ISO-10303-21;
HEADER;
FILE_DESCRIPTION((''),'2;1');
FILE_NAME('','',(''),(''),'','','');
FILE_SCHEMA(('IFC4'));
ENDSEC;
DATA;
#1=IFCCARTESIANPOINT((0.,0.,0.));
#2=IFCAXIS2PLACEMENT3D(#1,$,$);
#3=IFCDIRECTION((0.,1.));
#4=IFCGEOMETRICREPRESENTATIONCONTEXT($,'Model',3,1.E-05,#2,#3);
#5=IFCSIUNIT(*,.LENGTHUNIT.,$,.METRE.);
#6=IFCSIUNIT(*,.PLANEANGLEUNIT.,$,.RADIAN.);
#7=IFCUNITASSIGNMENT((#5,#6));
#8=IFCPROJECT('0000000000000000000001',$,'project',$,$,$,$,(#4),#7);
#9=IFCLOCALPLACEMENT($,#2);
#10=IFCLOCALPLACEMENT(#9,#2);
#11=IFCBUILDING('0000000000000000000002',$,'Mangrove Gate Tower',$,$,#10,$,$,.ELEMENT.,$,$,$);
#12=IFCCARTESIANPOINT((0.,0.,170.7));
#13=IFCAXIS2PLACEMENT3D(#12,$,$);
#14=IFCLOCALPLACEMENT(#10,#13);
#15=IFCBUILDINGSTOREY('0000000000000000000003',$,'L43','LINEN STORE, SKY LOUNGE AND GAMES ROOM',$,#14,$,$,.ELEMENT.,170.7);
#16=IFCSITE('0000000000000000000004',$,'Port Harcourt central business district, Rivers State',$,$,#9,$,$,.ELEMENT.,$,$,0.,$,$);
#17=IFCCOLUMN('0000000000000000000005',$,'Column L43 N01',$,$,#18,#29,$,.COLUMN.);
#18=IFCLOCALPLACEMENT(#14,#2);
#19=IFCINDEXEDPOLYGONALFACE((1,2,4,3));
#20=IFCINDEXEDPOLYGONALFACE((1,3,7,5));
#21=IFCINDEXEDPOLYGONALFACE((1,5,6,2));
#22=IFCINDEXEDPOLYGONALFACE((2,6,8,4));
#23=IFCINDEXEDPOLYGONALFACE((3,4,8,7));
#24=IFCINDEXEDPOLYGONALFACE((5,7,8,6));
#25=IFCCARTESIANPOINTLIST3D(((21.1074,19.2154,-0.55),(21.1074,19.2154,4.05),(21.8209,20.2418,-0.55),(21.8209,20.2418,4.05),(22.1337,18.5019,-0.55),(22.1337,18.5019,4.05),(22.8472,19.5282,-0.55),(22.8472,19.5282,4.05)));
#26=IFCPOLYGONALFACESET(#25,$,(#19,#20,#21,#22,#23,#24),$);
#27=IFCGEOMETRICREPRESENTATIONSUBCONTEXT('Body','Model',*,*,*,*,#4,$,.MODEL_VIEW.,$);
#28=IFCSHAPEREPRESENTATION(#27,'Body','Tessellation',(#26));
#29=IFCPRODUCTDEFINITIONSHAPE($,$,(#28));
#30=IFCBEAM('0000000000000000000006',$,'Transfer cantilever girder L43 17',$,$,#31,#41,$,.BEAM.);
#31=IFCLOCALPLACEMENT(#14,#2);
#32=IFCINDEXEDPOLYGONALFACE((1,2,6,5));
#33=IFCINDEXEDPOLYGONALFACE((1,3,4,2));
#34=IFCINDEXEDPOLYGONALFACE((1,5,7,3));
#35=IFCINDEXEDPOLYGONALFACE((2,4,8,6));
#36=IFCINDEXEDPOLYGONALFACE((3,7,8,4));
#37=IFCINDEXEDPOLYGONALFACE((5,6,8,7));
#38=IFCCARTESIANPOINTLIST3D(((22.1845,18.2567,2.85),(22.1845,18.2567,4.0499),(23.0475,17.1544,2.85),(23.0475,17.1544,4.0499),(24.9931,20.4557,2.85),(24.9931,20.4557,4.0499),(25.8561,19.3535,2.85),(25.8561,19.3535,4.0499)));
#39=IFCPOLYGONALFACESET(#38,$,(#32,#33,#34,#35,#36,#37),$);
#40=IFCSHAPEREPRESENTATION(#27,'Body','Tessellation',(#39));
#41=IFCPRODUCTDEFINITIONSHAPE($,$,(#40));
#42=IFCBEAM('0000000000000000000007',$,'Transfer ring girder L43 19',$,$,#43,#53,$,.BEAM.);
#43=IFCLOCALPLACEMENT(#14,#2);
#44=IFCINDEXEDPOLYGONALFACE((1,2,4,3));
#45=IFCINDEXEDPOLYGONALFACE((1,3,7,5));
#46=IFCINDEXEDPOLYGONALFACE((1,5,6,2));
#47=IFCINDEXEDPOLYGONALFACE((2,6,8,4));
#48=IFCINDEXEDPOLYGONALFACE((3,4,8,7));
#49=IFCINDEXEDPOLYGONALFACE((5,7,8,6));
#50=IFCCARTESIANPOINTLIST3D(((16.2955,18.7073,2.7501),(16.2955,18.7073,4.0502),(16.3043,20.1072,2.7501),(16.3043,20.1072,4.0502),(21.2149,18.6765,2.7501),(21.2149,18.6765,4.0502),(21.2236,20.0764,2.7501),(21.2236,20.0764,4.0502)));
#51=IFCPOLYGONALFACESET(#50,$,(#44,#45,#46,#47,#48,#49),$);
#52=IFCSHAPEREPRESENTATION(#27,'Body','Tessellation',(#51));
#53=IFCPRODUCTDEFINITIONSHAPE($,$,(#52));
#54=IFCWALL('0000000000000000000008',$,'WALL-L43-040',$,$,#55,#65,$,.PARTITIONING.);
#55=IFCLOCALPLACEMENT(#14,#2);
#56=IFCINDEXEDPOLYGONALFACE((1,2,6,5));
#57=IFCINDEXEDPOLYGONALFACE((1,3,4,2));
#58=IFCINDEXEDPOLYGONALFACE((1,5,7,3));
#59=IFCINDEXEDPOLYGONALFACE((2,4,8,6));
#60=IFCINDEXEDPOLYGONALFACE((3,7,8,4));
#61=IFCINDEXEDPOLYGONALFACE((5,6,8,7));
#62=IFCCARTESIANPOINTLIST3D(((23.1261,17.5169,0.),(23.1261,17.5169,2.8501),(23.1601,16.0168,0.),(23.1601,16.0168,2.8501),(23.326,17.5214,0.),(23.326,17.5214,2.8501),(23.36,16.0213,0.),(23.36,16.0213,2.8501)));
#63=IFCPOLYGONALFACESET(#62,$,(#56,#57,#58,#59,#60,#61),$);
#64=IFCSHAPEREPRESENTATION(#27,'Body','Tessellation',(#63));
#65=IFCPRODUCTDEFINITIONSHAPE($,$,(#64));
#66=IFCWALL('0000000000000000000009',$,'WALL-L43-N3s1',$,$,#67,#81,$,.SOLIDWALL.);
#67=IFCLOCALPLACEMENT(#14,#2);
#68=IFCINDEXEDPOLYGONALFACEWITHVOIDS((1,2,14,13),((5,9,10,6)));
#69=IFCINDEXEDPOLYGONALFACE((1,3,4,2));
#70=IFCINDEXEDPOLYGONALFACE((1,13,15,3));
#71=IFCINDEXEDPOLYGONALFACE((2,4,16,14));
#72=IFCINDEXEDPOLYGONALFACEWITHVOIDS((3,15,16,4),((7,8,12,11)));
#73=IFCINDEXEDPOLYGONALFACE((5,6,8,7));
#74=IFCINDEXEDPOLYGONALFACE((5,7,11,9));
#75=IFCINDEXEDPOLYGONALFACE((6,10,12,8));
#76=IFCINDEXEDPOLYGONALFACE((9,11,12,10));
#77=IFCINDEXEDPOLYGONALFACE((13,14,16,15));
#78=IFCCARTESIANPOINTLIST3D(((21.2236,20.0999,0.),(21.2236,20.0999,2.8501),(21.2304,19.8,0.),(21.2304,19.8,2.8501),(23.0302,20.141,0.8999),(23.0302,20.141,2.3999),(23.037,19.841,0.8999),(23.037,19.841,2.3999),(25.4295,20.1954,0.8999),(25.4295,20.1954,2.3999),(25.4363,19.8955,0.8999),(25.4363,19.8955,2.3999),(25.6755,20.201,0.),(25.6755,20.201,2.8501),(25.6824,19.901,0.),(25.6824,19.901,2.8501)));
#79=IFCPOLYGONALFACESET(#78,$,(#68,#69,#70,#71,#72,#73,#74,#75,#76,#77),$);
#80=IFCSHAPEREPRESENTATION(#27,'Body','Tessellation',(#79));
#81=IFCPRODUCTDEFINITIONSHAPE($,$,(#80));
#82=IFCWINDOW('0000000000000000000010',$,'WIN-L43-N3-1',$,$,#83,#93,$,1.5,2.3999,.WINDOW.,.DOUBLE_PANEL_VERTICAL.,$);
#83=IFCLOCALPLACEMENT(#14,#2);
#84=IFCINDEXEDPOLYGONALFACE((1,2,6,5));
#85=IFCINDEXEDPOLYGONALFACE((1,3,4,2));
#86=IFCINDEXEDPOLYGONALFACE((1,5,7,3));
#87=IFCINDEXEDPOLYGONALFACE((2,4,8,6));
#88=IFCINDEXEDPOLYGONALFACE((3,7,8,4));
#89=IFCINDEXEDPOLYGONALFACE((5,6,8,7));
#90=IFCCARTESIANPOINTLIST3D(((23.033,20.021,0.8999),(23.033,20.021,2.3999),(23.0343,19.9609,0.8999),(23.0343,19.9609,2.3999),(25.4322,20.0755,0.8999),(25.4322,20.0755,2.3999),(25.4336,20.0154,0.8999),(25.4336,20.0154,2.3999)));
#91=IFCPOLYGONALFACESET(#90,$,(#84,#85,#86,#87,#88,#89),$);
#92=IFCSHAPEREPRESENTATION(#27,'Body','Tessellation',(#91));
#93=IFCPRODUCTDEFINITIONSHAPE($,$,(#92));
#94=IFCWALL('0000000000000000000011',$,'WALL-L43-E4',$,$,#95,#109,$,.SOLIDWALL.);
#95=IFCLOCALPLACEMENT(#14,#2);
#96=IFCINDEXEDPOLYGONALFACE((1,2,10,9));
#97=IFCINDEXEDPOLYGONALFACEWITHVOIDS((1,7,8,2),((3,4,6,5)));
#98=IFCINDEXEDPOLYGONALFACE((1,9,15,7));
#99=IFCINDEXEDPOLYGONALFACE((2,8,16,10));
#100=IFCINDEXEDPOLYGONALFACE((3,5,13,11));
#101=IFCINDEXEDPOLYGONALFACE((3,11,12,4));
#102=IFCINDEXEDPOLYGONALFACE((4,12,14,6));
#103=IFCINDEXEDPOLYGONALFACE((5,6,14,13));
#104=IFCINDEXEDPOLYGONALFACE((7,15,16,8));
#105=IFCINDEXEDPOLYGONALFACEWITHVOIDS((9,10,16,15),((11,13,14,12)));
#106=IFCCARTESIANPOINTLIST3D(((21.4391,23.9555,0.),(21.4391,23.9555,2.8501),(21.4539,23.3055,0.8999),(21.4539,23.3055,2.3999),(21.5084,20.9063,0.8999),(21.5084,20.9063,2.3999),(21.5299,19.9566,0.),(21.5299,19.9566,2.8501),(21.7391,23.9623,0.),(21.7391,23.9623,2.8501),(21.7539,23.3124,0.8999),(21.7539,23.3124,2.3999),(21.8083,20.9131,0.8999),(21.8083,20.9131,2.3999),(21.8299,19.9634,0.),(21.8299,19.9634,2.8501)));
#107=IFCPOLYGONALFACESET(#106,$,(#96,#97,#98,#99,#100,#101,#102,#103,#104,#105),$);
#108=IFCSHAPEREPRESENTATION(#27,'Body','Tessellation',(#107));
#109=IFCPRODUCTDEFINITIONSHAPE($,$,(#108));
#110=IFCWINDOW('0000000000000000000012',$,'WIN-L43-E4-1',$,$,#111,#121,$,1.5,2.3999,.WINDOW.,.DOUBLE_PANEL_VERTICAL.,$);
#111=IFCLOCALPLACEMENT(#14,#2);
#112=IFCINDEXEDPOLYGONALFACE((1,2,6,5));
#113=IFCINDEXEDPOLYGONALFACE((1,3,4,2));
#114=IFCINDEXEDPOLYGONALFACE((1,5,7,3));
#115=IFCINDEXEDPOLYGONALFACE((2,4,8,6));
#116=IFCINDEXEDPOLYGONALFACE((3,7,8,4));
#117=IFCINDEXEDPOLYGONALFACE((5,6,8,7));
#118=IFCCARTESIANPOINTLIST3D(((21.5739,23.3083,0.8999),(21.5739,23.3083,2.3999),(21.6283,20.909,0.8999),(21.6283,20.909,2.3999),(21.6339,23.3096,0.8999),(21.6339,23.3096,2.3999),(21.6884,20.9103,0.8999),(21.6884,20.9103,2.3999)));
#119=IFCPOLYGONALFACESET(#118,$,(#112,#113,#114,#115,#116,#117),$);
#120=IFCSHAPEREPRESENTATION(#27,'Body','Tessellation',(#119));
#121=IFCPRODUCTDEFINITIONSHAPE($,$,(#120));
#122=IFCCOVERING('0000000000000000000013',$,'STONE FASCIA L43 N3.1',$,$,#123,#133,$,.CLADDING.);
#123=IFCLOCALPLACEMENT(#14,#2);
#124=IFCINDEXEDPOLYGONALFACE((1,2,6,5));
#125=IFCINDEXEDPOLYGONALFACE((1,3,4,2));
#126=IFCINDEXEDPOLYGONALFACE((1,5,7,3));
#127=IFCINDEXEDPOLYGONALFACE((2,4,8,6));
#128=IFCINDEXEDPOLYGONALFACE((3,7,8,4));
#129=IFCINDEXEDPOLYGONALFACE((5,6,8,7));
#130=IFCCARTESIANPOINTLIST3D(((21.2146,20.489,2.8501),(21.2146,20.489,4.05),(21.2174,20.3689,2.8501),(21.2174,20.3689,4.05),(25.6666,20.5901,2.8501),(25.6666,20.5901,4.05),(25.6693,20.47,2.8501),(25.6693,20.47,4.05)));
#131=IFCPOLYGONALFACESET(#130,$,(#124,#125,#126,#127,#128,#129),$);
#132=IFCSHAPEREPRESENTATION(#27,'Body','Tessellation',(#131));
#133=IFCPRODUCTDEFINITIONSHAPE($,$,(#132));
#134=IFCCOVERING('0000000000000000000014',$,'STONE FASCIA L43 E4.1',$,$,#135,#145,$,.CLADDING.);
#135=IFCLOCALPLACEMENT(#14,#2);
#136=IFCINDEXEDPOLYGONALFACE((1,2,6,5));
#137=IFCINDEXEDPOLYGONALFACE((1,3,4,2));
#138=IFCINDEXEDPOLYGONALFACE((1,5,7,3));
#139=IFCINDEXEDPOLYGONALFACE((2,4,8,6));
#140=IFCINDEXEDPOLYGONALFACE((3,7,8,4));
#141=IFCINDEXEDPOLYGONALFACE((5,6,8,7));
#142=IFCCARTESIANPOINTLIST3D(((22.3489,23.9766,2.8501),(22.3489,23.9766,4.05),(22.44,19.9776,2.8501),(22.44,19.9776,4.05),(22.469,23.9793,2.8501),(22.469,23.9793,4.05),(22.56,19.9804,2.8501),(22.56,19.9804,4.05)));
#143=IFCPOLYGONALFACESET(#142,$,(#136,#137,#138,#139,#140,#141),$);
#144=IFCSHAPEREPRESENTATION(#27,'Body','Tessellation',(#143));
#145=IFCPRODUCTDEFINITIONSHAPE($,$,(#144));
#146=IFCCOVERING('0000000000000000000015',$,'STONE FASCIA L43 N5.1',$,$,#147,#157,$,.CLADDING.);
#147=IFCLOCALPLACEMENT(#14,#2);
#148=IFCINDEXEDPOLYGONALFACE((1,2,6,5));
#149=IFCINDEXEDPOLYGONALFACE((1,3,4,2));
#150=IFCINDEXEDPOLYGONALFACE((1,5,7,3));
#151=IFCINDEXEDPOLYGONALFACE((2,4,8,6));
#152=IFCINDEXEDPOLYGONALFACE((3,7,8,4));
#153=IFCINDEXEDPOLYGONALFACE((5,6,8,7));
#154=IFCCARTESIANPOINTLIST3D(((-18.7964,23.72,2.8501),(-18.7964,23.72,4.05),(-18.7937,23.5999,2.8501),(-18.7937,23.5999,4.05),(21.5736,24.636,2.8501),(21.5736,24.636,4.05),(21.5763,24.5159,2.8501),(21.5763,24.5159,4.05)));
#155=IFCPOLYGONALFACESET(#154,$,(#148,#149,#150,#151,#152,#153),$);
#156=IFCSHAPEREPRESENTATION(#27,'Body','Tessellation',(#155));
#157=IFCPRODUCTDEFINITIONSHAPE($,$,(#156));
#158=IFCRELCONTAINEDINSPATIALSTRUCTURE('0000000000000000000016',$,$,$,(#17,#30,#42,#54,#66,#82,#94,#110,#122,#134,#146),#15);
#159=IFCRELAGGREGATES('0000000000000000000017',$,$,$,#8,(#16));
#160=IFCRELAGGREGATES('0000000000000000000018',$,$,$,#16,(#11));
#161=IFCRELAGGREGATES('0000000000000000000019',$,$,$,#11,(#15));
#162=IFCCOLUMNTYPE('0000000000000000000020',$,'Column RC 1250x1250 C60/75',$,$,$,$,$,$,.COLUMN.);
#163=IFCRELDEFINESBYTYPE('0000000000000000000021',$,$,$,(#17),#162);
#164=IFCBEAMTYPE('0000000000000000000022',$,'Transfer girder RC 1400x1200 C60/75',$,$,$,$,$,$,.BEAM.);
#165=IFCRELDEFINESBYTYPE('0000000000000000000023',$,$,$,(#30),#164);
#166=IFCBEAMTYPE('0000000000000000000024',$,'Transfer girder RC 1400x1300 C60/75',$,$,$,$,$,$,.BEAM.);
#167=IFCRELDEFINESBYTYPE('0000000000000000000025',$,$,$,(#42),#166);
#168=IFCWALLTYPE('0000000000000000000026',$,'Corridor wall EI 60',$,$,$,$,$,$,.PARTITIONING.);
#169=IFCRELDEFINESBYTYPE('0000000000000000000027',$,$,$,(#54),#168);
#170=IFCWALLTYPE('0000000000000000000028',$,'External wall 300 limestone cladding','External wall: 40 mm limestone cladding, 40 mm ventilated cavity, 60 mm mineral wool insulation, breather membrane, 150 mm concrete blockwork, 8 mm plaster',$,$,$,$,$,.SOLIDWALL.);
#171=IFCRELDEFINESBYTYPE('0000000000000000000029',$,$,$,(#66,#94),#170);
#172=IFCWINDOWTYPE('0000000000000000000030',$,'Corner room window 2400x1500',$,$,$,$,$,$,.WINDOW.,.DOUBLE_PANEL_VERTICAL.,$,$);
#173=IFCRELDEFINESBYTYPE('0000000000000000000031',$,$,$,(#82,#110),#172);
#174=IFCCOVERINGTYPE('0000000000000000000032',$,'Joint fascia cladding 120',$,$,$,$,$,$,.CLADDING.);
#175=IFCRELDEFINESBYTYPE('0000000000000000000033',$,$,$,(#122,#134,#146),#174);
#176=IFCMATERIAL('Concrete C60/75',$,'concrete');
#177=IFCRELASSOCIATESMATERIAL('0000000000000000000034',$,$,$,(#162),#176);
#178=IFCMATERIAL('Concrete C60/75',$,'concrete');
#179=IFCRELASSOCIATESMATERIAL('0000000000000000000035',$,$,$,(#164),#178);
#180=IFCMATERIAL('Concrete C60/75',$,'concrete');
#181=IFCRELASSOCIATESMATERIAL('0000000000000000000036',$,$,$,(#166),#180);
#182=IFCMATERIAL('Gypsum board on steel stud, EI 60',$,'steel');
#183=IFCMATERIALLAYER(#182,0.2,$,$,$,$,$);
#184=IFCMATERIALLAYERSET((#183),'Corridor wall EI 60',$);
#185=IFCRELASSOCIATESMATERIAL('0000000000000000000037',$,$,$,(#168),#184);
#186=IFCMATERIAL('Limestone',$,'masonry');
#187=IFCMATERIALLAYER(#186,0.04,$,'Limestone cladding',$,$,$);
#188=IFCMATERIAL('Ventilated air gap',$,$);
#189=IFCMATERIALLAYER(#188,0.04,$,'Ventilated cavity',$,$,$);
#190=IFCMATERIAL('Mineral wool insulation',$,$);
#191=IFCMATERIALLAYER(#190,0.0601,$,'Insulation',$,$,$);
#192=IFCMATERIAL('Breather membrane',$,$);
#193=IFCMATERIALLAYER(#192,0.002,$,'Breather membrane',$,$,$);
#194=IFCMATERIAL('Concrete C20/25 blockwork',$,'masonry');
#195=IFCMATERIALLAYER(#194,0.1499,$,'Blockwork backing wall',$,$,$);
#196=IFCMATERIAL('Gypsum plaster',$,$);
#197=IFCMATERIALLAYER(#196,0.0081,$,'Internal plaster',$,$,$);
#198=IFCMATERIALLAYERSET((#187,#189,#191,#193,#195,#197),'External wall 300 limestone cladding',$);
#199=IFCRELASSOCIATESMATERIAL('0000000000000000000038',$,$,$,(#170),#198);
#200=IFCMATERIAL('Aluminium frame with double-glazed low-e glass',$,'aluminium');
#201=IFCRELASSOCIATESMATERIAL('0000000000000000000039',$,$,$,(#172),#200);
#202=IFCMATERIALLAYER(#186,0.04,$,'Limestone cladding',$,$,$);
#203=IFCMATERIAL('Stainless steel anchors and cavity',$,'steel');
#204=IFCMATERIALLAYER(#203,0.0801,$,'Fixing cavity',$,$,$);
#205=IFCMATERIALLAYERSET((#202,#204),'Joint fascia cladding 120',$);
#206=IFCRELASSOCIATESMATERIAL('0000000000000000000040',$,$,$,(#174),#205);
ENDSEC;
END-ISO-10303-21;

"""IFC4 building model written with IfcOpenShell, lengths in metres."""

from ifc_helpers import new_model, si_unit, direction, frame, frame_2d, origin, origin_2d, place, context, subcontext, project, spatial, rectangle, extrude, material, layer, layer_set, material_profile, profile_set, type_object, element, fill, save


model = new_model("IFC4")

# Units and contexts
model_context = context("Model", 3, precision=1e-05, world=origin(), true_north=direction((0.0, 1.0)))
body_context = subcontext(model_context, "Body", "Model", "MODEL_VIEW")
ifc_project = project(units=[si_unit("LENGTHUNIT", "METRE"), si_unit("PLANEANGLEUNIT", "RADIAN")], contexts=[model_context])

# Site, building, storey
site_placement = place(None, origin())
site = spatial("IfcSite", under=ifc_project, at=site_placement, Name="Port Harcourt central business district, Rivers State", CompositionType="ELEMENT", RefElevation=0.0)
building_placement = place(site_placement, origin())
building = spatial("IfcBuilding", under=site, at=building_placement, Name="Mangrove Gate Tower", CompositionType="ELEMENT")
storey_placement = place(building_placement, frame((0.0, 0.0, 170.7)))
storey = spatial("IfcBuildingStorey", under=building, at=storey_placement, Name="L43", Description="LINEN STORE, SKY LOUNGE AND GAMES ROOM", CompositionType="ELEMENT", Elevation=170.7)

# Column
ifc_material_1 = material(Name="Concrete C60/75", Category="concrete")
ifc_material_profile_1 = material_profile(ifc_material_1, rectangle(XDim=1.25, YDim=1.25, at=origin_2d()))
ifc_profile_set_1 = profile_set([ifc_material_profile_1], Name="Concrete C60/75")
column_type = type_object("IfcColumnType", Name="Column RC 1250x1250 C60/75", PredefinedType="COLUMN", material=ifc_profile_set_1)
column_placement = place(storey_placement, frame((21.9773, 19.3718, -0.55), z_axis=(0.0, 0.0, 1.0), x_axis=(-0.821084, 0.570807, 0.0)))
element("IfcColumn", 1, at=column_placement, inside=storey, type_object=column_type, Name="Column L43 N01", PredefinedType="COLUMN", context=body_context, shape_type="SweptSolid", body=[
    extrude(rectangle(XDim=1.25, YDim=1.25, at=origin_2d()), origin(), (0.0, 0.0, 1.0), 4.6001),
])

# Beams
ifc_material_2 = material(Name="Concrete C60/75", Category="concrete")
ifc_material_profile_2 = material_profile(ifc_material_2, rectangle(XDim=1.3999, YDim=1.2, at=origin_2d()))
ifc_profile_set_2 = profile_set([ifc_material_profile_2], Name="Concrete C60/75")
beam_type_1 = type_object("IfcBeamType", Name="Transfer girder RC 1400x1200 C60/75", PredefinedType="BEAM", material=ifc_profile_set_2)
beam_1_placement = place(storey_placement, frame((22.616, 17.7056, 3.45), z_axis=(0.787376, 0.616472, 0.0), x_axis=(-0.616472, 0.787376, 0.0)))
element("IfcBeam", 2, at=beam_1_placement, inside=storey, type_object=beam_type_1, Name="Transfer cantilever girder L43 17", PredefinedType="BEAM", context=body_context, shape_type="SweptSolid", body=[
    extrude(rectangle(XDim=1.3999, YDim=1.2, at=origin_2d()), origin(), (0.0, 0.0, 1.0), 3.5671),
])
ifc_material_3 = material(Name="Concrete C60/75", Category="concrete")
ifc_material_profile_3 = material_profile(ifc_material_3, rectangle(XDim=1.3999, YDim=1.3, at=origin_2d()))
ifc_profile_set_3 = profile_set([ifc_material_profile_3], Name="Concrete C60/75")
beam_type_2 = type_object("IfcBeamType", Name="Transfer girder RC 1400x1300 C60/75", PredefinedType="BEAM", material=ifc_profile_set_3)
beam_2_placement = place(storey_placement, frame((21.2192, 19.3765, 3.4001), z_axis=(-0.99998, 0.006253, 0.0), x_axis=(-0.006253, -0.99998, 0.0)))
element("IfcBeam", 3, at=beam_2_placement, inside=storey, type_object=beam_type_2, Name="Transfer ring girder L43 19", PredefinedType="BEAM", context=body_context, shape_type="SweptSolid", body=[
    extrude(rectangle(XDim=1.3999, YDim=1.3, at=origin_2d()), origin(), (0.0, 0.0, 1.0), 4.9194),
])

# Wall
ifc_material_4 = material(Name="Gypsum board on steel stud, EI 60", Category="steel")
ifc_layer_1 = layer(ifc_material_4, 0.2)
ifc_layer_set_1 = layer_set([ifc_layer_1], Name="Corridor wall EI 60")
wall_type_1 = type_object("IfcWallType", Name="Corridor wall EI 60", PredefinedType="PARTITIONING", material=ifc_layer_set_1)
wall_1_placement = place(storey_placement, frame((23.26, 16.019, 0.0), z_axis=(0.0, 0.0, 1.0), x_axis=(-0.022618, 0.999744, 0.0)))
element("IfcWall", 4, at=wall_1_placement, inside=storey, type_object=wall_type_1, Name="WALL-L43-040", PredefinedType="PARTITIONING", context=body_context, shape_type="SweptSolid", body=[
    extrude(rectangle(XDim=1.5005, YDim=0.2, at=frame_2d((0.7502, 0.0))), origin(), (0.0, 0.0, 1.0), 2.8501),
])

# Walls, openings, windows
ifc_material_5 = material(Name="Limestone", Category="masonry")
ifc_layer_2 = layer(ifc_material_5, 0.04, Name="Limestone cladding")
ifc_material_6 = material(Name="Ventilated air gap")
ifc_layer_3 = layer(ifc_material_6, 0.04, Name="Ventilated cavity")
ifc_material_7 = material(Name="Mineral wool insulation")
ifc_layer_4 = layer(ifc_material_7, 0.0601, Name="Insulation")
ifc_material_8 = material(Name="Breather membrane")
ifc_layer_5 = layer(ifc_material_8, 0.002, Name="Breather membrane")
ifc_material_9 = material(Name="Concrete C20/25 blockwork", Category="masonry")
ifc_layer_6 = layer(ifc_material_9, 0.1499, Name="Blockwork backing wall")
ifc_material_10 = material(Name="Gypsum plaster")
ifc_layer_7 = layer(ifc_material_10, 0.0081, Name="Internal plaster")
ifc_layer_set_2 = layer_set([ifc_layer_2, ifc_layer_3, ifc_layer_4, ifc_layer_5, ifc_layer_6, ifc_layer_7], Name="External wall 300 limestone cladding")
wall_type_2 = type_object("IfcWallType", Name="External wall 300 limestone cladding", Description="External wall: 40 mm limestone cladding, 40 mm ventilated cavity, 60 mm mineral wool insulation, breather membrane, 150 mm concrete blockwork, 8 mm plaster", PredefinedType="SOLIDWALL", material=ifc_layer_set_2)
wall_2_placement = place(storey_placement, frame((25.679, 20.051, 0.0), z_axis=(0.0, 0.0, 1.0), x_axis=(-0.999742, -0.022698, 0.0)))
wall_2 = element("IfcWall", 5, at=wall_2_placement, inside=storey, type_object=wall_type_2, Name="WALL-L43-N3s1", PredefinedType="SOLIDWALL", context=body_context, shape_type="SweptSolid", body=[
    extrude(rectangle(XDim=4.4531, YDim=0.3, at=frame_2d((2.2266, 0.0))), origin(), (0.0, 0.0, 1.0), 2.8501),
])
opening_1_placement = place(wall_2_placement, frame((0.2461, 0.0, 0.8999)))
opening_1 = element("IfcOpeningElement", 6, at=opening_1_placement, cuts=wall_2, PredefinedType="OPENING", context=body_context, shape_type="SweptSolid", body=[
    extrude(rectangle(XDim=2.3999, YDim=1.5, at=frame_2d((1.2, 0.75))), frame((0.0, 0.1599, 0.0), z_axis=(0.0, -1.0, 0.0), x_axis=(1.0, 0.0, 0.0)), (0.0, 0.0, 1.0), 0.3201),
])
ifc_material_11 = material(Name="Aluminium frame with double-glazed low-e glass", Category="aluminium")
window_type = type_object("IfcWindowType", Name="Corner room window 2400x1500", PartitioningType="DOUBLE_PANEL_VERTICAL", PredefinedType="WINDOW", material=ifc_material_11)
window_1_placement = place(opening_1_placement, origin())
window_1 = element("IfcWindow", 7, at=window_1_placement, inside=storey, type_object=window_type, Name="WIN-L43-N3-1", OverallHeight=1.5, OverallWidth=2.3999, PartitioningType="DOUBLE_PANEL_VERTICAL", PredefinedType="WINDOW", context=body_context, shape_type="SweptSolid", body=[
    extrude(rectangle(XDim=2.3999, YDim=1.5, at=frame_2d((1.2, 0.75))), frame((0.0, 0.03, 0.0), z_axis=(0.0, -1.0, 0.0), x_axis=(1.0, 0.0, 0.0)), (0.0, 0.0, 1.0), 0.0601),
])
fill(opening_1, window_1)
wall_3_placement = place(storey_placement, frame((21.6799, 19.96, 0.0), z_axis=(0.0, 0.0, 1.0), x_axis=(-0.022705, 0.999742, 0.0)))
wall_3 = element("IfcWall", 8, at=wall_3_placement, inside=storey, type_object=wall_type_2, Name="WALL-L43-E4", PredefinedType="SOLIDWALL", context=body_context, shape_type="SweptSolid", body=[
    extrude(rectangle(XDim=4.0, YDim=0.3, at=frame_2d((2.0, 0.0))), origin(), (0.0, 0.0, 1.0), 2.8501),
])
opening_2_placement = place(wall_3_placement, frame((0.95, 0.0, 0.8999)))
opening_2 = element("IfcOpeningElement", 9, at=opening_2_placement, cuts=wall_3, PredefinedType="OPENING", context=body_context, shape_type="SweptSolid", body=[
    extrude(rectangle(XDim=2.3999, YDim=1.5, at=frame_2d((1.2, 0.75))), frame((0.0, 0.1599, 0.0), z_axis=(0.0, -1.0, 0.0), x_axis=(1.0, 0.0, 0.0)), (0.0, 0.0, 1.0), 0.3201),
])
window_2_placement = place(opening_2_placement, origin())
window_2 = element("IfcWindow", 10, at=window_2_placement, inside=storey, type_object=window_type, Name="WIN-L43-E4-1", OverallHeight=1.5, OverallWidth=2.3999, PartitioningType="DOUBLE_PANEL_VERTICAL", PredefinedType="WINDOW", context=body_context, shape_type="SweptSolid", body=[
    extrude(rectangle(XDim=2.3999, YDim=1.5, at=frame_2d((1.2, 0.75))), frame((0.0, 0.03, 0.0), z_axis=(0.0, -1.0, 0.0), x_axis=(1.0, 0.0, 0.0)), (0.0, 0.0, 1.0), 0.0601),
])
fill(opening_2, window_2)

# Coverings
ifc_layer_8 = layer(ifc_material_5, 0.04, Name="Limestone cladding")
ifc_material_12 = material(Name="Stainless steel anchors and cavity", Category="steel")
ifc_layer_9 = layer(ifc_material_12, 0.0801, Name="Fixing cavity")
ifc_layer_set_3 = layer_set([ifc_layer_8, ifc_layer_9], Name="Joint fascia cladding 120")
covering_type = type_object("IfcCoveringType", Name="Joint fascia cladding 120", PredefinedType="CLADDING", material=ifc_layer_set_3)
covering_1_placement = place(storey_placement, frame((25.668, 20.53, 2.8501), z_axis=(0.0, 0.0, 1.0), x_axis=(-0.999742, -0.022698, 0.0)))
element("IfcCovering", 11, at=covering_1_placement, inside=storey, type_object=covering_type, Name="STONE FASCIA L43 N3.1", PredefinedType="CLADDING", context=body_context, shape_type="SweptSolid", body=[
    extrude(rectangle(XDim=4.4531, YDim=0.1201, at=frame_2d((2.2266, 0.0))), origin(), (0.0, 0.0, 1.0), 1.2),
])
covering_2_placement = place(storey_placement, frame((22.5, 19.979, 2.8501), z_axis=(0.0, 0.0, 1.0), x_axis=(-0.022766, 0.999741, 0.0)))
element("IfcCovering", 12, at=covering_2_placement, inside=storey, type_object=covering_type, Name="STONE FASCIA L43 E4.1", PredefinedType="CLADDING", context=body_context, shape_type="SweptSolid", body=[
    extrude(rectangle(XDim=4.0, YDim=0.1201, at=frame_2d((2.0, 0.0))), origin(), (0.0, 0.0, 1.0), 1.2),
])
covering_3_placement = place(storey_placement, frame((21.575, 24.5759, 2.8501), z_axis=(0.0, 0.0, 1.0), x_axis=(-0.999743, -0.022685, 0.0)))
element("IfcCovering", 13, at=covering_3_placement, inside=storey, type_object=covering_type, Name="STONE FASCIA L43 N5.1", PredefinedType="CLADDING", context=body_context, shape_type="SweptSolid", body=[
    extrude(rectangle(XDim=40.3804, YDim=0.1201, at=frame_2d((20.1902, 0.0))), origin(), (0.0, 0.0, 1.0), 1.2),
])

save(model, "model.ifc")
